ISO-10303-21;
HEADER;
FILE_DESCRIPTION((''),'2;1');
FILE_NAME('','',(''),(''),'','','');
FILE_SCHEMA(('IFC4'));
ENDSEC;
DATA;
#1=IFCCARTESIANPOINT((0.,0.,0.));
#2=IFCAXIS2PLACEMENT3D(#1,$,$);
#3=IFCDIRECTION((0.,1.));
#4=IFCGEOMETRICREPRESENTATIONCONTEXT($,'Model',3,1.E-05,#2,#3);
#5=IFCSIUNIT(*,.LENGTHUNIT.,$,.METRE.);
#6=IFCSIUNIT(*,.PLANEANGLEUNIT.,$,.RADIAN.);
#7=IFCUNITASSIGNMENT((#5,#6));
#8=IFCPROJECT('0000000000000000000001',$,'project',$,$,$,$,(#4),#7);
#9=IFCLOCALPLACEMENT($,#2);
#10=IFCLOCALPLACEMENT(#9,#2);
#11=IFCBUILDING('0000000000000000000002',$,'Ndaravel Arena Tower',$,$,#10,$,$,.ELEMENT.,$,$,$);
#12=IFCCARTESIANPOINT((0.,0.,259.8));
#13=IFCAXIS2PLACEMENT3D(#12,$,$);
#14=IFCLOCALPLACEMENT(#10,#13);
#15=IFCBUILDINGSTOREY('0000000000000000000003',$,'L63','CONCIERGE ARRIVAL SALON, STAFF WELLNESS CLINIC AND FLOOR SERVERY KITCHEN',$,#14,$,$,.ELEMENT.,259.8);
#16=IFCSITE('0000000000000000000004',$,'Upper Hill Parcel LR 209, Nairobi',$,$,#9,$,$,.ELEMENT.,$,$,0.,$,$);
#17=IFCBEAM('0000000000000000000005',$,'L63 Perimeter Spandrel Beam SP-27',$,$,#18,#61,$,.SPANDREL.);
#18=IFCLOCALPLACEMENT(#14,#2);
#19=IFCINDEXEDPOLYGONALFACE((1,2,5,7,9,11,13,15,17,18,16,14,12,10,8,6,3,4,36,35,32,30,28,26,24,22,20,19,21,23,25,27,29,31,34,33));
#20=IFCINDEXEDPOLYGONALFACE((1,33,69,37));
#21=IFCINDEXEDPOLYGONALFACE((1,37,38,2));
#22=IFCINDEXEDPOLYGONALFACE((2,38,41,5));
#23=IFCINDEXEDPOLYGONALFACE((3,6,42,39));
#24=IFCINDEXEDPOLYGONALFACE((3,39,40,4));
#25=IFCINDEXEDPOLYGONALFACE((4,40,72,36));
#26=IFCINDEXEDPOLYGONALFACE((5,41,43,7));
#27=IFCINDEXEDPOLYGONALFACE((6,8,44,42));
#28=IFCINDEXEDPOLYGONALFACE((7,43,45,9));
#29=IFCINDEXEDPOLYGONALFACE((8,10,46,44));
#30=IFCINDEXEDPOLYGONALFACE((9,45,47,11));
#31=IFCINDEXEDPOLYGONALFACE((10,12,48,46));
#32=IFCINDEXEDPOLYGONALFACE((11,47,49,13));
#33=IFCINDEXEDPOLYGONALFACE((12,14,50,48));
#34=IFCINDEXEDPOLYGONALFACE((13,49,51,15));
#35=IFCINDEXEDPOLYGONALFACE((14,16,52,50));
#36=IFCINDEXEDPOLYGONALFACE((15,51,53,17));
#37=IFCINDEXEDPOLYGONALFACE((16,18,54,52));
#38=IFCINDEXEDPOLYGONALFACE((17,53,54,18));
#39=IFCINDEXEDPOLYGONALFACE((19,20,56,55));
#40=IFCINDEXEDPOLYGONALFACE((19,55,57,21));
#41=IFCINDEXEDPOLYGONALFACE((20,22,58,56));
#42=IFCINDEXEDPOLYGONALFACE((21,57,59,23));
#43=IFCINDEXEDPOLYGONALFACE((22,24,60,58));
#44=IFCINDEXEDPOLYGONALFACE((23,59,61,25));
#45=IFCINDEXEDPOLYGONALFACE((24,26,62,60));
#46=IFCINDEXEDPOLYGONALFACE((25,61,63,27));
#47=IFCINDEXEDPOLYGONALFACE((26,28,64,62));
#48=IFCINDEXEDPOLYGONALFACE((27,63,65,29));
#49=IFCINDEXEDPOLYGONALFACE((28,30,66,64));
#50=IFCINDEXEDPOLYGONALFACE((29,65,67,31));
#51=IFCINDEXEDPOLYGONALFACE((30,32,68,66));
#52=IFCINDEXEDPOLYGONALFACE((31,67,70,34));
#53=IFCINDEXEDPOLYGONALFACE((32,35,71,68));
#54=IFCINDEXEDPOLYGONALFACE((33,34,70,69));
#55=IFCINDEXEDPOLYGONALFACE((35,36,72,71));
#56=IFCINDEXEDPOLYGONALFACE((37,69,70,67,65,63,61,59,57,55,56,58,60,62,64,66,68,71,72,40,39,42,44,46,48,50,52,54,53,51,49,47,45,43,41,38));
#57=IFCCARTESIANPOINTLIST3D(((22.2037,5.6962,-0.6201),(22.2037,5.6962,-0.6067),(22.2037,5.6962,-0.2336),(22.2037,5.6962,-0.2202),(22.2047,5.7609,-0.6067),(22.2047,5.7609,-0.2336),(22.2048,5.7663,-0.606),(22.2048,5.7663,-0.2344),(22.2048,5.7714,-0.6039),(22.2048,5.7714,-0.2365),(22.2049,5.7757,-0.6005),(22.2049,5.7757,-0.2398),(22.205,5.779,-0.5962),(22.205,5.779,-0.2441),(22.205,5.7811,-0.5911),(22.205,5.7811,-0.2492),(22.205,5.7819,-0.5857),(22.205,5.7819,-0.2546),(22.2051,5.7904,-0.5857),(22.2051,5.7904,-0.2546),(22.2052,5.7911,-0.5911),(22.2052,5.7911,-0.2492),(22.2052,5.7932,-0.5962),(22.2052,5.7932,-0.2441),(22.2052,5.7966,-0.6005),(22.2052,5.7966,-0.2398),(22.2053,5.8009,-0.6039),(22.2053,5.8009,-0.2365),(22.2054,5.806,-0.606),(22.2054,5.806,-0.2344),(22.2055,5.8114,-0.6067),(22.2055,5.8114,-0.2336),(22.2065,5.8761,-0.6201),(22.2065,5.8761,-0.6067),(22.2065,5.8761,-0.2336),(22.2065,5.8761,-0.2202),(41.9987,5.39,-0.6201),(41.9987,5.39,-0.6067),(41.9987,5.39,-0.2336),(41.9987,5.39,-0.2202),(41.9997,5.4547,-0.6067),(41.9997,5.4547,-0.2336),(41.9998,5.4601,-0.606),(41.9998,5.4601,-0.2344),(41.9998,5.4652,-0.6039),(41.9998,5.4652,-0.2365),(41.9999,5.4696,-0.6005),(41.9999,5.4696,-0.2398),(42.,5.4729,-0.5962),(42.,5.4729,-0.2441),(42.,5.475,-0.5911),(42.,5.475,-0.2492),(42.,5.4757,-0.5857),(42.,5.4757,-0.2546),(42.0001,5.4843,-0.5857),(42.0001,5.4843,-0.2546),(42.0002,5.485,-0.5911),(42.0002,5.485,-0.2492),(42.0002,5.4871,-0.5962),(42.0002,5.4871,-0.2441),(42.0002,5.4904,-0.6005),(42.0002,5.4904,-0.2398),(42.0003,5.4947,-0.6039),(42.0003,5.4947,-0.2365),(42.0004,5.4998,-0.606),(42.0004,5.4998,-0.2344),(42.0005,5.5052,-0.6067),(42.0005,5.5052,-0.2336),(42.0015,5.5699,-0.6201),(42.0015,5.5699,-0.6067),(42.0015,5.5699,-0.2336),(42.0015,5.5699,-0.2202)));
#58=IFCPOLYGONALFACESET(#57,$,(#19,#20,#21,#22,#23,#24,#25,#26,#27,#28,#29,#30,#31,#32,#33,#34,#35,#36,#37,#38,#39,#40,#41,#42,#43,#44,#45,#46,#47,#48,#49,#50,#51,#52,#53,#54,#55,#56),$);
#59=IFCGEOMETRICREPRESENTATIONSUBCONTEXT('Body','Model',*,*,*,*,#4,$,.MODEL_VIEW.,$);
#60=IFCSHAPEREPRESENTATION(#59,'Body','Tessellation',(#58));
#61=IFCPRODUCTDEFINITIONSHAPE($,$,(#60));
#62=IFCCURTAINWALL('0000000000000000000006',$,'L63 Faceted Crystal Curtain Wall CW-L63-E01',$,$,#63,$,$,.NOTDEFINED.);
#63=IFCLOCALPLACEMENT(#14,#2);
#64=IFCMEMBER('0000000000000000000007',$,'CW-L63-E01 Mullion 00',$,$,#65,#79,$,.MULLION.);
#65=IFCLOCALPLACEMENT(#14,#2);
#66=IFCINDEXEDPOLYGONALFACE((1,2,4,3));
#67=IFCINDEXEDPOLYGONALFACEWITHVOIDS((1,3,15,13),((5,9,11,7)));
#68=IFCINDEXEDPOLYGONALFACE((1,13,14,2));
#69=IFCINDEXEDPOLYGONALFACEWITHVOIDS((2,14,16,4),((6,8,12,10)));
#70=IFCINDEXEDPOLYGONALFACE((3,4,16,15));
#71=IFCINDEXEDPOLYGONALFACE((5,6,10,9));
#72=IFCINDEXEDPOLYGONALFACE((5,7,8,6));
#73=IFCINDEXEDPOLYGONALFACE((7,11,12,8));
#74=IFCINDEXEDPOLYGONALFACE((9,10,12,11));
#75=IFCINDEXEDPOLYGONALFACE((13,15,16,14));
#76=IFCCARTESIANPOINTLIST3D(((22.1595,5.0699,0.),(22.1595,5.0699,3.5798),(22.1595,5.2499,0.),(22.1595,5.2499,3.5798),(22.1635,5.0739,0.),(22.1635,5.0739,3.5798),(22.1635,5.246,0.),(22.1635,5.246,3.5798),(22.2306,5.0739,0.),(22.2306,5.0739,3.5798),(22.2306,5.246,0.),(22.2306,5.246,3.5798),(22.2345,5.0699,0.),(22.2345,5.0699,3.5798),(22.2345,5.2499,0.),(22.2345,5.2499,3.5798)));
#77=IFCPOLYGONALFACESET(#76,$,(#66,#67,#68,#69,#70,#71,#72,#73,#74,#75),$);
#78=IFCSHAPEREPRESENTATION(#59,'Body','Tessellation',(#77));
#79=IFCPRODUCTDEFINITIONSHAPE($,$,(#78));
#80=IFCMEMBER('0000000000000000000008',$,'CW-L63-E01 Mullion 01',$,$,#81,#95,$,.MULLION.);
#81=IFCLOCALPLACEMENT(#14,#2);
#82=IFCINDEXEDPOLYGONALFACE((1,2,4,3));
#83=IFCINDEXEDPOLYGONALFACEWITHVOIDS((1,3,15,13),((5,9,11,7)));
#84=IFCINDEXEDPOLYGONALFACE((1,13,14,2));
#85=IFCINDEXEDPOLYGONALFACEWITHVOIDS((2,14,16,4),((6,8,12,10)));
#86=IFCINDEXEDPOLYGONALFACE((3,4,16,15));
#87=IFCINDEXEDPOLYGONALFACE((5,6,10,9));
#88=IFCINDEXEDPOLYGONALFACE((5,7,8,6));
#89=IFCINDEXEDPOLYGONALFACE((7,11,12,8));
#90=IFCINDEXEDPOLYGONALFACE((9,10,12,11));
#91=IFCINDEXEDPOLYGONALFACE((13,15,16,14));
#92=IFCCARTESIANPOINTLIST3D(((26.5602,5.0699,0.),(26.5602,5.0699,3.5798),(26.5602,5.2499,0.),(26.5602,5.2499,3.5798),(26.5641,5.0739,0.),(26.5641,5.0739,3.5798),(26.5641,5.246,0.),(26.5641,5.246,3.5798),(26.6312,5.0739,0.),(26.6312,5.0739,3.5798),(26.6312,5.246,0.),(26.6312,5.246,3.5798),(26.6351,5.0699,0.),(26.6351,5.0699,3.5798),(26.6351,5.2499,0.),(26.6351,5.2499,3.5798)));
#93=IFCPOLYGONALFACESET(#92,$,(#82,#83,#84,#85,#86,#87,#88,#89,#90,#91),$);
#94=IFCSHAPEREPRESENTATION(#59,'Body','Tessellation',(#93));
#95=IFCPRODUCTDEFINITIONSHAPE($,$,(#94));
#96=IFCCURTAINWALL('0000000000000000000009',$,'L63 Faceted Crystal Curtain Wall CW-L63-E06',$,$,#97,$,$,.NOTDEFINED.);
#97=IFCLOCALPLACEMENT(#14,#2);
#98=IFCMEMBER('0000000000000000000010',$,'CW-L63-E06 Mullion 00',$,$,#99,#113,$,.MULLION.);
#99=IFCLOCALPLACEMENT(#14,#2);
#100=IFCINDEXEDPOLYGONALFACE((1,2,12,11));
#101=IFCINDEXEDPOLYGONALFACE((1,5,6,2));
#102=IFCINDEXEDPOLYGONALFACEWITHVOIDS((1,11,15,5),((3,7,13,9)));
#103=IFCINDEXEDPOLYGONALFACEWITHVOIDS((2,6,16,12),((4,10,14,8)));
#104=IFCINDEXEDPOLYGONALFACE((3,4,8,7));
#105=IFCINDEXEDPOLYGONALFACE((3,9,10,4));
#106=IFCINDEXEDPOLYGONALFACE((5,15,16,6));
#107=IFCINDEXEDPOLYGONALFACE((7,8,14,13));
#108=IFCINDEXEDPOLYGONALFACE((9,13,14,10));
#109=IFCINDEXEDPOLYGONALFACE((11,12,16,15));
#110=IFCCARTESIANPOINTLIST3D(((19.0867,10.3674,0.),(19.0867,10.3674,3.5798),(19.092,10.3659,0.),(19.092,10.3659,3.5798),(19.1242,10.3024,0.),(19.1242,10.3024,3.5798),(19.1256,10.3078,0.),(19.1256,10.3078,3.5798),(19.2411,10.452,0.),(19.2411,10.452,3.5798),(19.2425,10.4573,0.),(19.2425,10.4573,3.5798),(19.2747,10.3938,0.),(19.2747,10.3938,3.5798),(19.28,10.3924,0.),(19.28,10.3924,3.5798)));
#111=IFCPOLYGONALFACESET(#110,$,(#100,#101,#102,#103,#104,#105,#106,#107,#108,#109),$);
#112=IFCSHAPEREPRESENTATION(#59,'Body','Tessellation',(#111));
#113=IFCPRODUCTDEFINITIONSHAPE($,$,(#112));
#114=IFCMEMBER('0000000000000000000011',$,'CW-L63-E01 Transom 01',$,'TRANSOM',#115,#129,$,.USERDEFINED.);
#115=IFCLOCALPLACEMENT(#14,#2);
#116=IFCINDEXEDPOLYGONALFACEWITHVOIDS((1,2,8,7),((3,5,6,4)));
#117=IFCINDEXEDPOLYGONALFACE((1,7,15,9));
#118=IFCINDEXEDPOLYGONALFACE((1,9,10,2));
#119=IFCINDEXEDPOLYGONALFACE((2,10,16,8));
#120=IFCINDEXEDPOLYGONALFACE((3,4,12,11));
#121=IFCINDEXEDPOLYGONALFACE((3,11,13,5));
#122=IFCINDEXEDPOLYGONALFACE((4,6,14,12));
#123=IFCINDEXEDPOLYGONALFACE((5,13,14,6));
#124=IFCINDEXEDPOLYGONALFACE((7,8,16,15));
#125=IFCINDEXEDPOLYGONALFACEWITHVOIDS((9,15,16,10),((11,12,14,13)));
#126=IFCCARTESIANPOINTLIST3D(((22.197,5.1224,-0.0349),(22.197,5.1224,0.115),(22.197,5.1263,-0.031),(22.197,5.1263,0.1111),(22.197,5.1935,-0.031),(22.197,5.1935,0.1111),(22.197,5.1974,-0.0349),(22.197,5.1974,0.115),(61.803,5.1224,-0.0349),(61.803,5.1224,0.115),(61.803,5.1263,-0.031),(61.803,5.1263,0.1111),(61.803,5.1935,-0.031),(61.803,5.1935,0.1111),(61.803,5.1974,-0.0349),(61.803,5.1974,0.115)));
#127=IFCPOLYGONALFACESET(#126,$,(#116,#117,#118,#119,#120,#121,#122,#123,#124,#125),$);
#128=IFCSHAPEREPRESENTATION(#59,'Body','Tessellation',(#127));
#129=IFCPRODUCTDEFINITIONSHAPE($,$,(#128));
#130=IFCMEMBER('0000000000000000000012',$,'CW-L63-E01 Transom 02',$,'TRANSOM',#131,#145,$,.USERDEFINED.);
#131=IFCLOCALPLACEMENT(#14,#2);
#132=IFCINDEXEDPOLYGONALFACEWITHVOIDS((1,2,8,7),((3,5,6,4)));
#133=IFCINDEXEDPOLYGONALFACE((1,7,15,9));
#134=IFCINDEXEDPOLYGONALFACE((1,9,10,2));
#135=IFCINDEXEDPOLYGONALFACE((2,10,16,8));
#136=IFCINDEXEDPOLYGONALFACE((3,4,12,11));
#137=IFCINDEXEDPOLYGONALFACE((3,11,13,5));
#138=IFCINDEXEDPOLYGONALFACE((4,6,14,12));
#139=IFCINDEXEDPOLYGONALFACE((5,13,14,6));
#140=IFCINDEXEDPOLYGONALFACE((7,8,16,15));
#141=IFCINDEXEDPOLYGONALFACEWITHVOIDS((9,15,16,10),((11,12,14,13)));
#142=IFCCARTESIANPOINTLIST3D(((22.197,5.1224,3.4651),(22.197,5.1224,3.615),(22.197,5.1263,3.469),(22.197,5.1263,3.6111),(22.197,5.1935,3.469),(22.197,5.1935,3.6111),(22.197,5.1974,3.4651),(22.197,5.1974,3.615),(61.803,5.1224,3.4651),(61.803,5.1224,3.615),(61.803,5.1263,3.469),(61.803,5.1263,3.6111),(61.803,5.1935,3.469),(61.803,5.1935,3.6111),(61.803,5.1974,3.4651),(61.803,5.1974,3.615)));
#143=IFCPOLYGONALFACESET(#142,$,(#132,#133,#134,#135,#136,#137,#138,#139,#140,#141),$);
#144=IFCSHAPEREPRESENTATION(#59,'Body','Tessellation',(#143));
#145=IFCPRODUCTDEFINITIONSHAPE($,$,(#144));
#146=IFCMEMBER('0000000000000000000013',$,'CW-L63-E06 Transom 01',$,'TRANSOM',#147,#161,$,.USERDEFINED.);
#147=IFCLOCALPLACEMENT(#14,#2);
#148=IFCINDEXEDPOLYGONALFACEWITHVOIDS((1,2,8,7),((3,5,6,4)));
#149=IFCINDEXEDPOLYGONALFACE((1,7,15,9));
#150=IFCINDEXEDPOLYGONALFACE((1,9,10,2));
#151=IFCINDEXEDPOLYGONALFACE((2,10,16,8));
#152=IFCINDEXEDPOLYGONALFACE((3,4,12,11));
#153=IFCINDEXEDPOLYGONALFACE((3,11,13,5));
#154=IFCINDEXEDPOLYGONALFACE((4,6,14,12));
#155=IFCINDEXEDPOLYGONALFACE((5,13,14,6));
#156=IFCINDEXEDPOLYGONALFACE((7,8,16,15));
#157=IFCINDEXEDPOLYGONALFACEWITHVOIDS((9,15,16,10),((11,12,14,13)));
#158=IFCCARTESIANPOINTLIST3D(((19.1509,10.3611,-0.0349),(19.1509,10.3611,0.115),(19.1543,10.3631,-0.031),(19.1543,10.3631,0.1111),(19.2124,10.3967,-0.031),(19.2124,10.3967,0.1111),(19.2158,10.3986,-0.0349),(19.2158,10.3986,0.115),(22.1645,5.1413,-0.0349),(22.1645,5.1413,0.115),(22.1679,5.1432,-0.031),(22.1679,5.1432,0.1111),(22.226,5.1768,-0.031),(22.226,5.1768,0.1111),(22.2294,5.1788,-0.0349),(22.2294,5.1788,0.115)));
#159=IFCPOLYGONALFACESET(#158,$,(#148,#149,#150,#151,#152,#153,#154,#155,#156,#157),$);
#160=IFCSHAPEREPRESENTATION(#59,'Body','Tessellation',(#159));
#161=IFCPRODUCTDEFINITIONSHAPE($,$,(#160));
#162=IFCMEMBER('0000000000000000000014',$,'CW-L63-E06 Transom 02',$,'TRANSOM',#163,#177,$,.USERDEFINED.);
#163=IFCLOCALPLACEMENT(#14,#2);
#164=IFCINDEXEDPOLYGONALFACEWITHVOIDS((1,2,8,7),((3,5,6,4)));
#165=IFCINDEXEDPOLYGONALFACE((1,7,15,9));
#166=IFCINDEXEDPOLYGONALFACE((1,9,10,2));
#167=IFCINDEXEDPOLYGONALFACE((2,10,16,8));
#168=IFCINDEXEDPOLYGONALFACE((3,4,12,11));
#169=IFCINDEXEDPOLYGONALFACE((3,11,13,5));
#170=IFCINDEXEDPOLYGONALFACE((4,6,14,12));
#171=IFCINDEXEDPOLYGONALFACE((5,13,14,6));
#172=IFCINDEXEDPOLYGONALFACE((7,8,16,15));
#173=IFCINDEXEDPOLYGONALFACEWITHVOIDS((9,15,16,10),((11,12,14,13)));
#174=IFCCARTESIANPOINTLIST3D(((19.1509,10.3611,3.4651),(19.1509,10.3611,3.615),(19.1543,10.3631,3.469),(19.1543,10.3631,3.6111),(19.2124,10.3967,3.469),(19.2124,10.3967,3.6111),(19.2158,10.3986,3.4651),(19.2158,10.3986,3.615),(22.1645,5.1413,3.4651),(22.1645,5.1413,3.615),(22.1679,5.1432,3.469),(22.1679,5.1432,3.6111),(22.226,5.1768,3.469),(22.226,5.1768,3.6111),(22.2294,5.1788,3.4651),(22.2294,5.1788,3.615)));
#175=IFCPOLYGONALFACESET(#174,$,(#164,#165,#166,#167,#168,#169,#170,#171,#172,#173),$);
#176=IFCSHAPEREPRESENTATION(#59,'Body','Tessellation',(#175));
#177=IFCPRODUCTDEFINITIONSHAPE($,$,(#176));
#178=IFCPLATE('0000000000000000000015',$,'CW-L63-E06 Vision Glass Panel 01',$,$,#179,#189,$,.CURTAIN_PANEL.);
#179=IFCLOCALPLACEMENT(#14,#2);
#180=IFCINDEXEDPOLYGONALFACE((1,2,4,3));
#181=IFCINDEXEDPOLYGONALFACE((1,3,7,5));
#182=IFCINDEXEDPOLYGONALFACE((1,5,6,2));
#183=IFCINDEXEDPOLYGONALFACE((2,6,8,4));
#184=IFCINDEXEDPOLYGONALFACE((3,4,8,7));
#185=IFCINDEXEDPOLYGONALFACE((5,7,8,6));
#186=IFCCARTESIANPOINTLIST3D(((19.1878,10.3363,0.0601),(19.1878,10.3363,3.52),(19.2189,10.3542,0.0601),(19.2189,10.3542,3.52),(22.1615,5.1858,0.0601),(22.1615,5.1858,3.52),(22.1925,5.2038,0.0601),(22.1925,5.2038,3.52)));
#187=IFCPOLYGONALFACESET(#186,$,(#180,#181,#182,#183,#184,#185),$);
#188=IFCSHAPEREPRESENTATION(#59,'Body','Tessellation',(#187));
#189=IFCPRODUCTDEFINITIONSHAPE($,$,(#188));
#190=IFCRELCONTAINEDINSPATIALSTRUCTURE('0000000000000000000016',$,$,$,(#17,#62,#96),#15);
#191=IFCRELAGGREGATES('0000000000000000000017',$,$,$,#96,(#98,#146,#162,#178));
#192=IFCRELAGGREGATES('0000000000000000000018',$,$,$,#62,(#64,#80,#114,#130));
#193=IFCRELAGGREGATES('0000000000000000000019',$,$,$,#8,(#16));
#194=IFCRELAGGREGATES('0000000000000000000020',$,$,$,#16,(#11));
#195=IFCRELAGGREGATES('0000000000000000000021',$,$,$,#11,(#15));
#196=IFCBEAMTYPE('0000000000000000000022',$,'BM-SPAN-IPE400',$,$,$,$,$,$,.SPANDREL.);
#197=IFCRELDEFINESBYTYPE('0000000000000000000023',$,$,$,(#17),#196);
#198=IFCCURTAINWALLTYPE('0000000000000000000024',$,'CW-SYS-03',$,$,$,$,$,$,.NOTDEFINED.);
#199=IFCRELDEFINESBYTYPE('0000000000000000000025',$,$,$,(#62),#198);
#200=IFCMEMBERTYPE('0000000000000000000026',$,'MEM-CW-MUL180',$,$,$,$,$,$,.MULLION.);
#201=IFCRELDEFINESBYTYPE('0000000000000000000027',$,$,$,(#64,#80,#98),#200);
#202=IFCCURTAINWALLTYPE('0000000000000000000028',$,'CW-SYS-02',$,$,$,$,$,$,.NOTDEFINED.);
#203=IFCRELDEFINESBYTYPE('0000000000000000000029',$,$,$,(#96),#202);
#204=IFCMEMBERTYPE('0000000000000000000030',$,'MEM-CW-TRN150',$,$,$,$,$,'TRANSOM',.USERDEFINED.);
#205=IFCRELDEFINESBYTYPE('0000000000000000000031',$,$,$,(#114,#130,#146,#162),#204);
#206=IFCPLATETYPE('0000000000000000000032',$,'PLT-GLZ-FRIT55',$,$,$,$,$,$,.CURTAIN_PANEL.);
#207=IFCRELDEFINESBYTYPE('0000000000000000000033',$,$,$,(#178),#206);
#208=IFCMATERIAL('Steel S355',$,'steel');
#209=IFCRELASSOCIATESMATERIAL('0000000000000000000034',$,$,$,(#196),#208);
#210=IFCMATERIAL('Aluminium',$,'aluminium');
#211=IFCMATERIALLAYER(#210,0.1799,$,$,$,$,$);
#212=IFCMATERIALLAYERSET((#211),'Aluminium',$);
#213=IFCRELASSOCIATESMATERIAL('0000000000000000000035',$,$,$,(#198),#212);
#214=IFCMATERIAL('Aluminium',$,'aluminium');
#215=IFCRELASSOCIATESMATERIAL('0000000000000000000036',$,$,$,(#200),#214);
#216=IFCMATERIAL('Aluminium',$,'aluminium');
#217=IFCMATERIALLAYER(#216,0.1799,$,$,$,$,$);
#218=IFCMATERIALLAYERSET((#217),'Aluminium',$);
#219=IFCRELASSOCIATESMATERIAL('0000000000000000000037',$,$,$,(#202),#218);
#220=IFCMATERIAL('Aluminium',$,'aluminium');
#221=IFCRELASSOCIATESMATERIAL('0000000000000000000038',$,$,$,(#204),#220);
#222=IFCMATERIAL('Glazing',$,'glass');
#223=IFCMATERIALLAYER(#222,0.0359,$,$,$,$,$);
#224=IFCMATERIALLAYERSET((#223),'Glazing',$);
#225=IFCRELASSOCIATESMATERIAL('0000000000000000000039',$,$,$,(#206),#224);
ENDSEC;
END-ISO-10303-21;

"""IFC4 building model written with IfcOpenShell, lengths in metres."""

from ifc_helpers import new_model, si_unit, direction, frame, origin, origin_2d, place, context, subcontext, project, spatial, rectangle, hollow_rectangle, i_section, extrude, material, layer, layer_set, material_profile, profile_set, type_object, element, aggregate, save


model = new_model("IFC4")

# Units and contexts
model_context = context("Model", 3, precision=1e-05, world=origin(), true_north=direction((0.0, 1.0)))
body_context = subcontext(model_context, "Body", "Model", "MODEL_VIEW")
ifc_project = project(units=[si_unit("LENGTHUNIT", "METRE"), si_unit("PLANEANGLEUNIT", "RADIAN")], contexts=[model_context])

# Site, building, storey
site_placement = place(None, origin())
site = spatial("IfcSite", under=ifc_project, at=site_placement, Name="Upper Hill Parcel LR 209, Nairobi", CompositionType="ELEMENT", RefElevation=0.0)
building_placement = place(site_placement, origin())
building = spatial("IfcBuilding", under=site, at=building_placement, Name="Ndaravel Arena Tower", CompositionType="ELEMENT")
storey_placement = place(building_placement, frame((0.0, 0.0, 259.8)))
storey = spatial("IfcBuildingStorey", under=building, at=storey_placement, Name="L63", Description="CONCIERGE ARRIVAL SALON, STAFF WELLNESS CLINIC AND FLOOR SERVERY KITCHEN", CompositionType="ELEMENT", Elevation=259.8)

# Beam
ifc_material_1 = material(Name="Steel S355", Category="steel")
ifc_material_profile_1 = material_profile(ifc_material_1, i_section(OverallWidth=0.1799, OverallDepth=0.3999, WebThickness=0.0085, FlangeThickness=0.0134, FilletRadius=0.021, at=origin_2d()), Name="IPE 400")
ifc_profile_set_1 = profile_set([ifc_material_profile_1], Name="Steel S355")
beam_type = type_object("IfcBeamType", Name="BM-SPAN-IPE400", PredefinedType="SPANDREL", material=ifc_profile_set_1)
beam_1_placement = place(storey_placement, frame((22.2051, 5.7861, -0.4202), z_axis=(0.99988, -0.015464, 0.0), x_axis=(0.015464, 0.99988, 0.0)))
element("IfcBeam", 1, at=beam_1_placement, inside=storey, type_object=beam_type, Name="L63 Perimeter Spandrel Beam SP-27", PredefinedType="SPANDREL", context=body_context, shape_type="SweptSolid", body=[
    extrude(i_section(OverallWidth=0.1799, OverallDepth=0.3999, WebThickness=0.0085, FlangeThickness=0.0134, FilletRadius=0.021, at=origin_2d()), origin(), (0.0, 0.0, 1.0), 19.7974),
])

# Curtain wall, members
ifc_material_2 = material(Name="Aluminium", Category="aluminium")
ifc_layer_1 = layer(ifc_material_2, 0.1799)
ifc_layer_set_1 = layer_set([ifc_layer_1], Name="Aluminium")
curtain_wall_type_1 = type_object("IfcCurtainWallType", Name="CW-SYS-03", PredefinedType="NOTDEFINED", material=ifc_layer_set_1)
curtain_wall_1_placement = place(storey_placement, origin())
curtain_wall_1 = element("IfcCurtainWall", 2, at=curtain_wall_1_placement, inside=storey, type_object=curtain_wall_type_1, Name="L63 Faceted Crystal Curtain Wall CW-L63-E01", PredefinedType="NOTDEFINED")
ifc_material_3 = material(Name="Aluminium", Category="aluminium")
ifc_material_profile_2 = material_profile(ifc_material_3, hollow_rectangle(XDim=0.075, YDim=0.1799, WallThickness=0.0039, at=origin_2d()), Name="CW MULLION 75x180x4")
ifc_profile_set_2 = profile_set([ifc_material_profile_2], Name="Aluminium")
member_type_1 = type_object("IfcMemberType", Name="MEM-CW-MUL180", PredefinedType="MULLION", material=ifc_profile_set_2)
member_1_placement = place(storey_placement, frame((22.197, 5.1599, 0.0), z_axis=(0.0, 0.0, 1.0), x_axis=(1.0, 0.0, 0.0)))
member_1 = element("IfcMember", 3, at=member_1_placement, type_object=member_type_1, Name="CW-L63-E01 Mullion 00", PredefinedType="MULLION", context=body_context, shape_type="SweptSolid", body=[
    extrude(hollow_rectangle(XDim=0.075, YDim=0.1799, WallThickness=0.0039, at=origin_2d()), origin(), (0.0, 0.0, 1.0), 3.5798),
])
member_2_placement = place(storey_placement, frame((26.5977, 5.1599, 0.0), z_axis=(0.0, 0.0, 1.0), x_axis=(1.0, 0.0, 0.0)))
member_2 = element("IfcMember", 4, at=member_2_placement, type_object=member_type_1, Name="CW-L63-E01 Mullion 01", PredefinedType="MULLION", context=body_context, shape_type="SweptSolid", body=[
    extrude(hollow_rectangle(XDim=0.075, YDim=0.1799, WallThickness=0.0039, at=origin_2d()), origin(), (0.0, 0.0, 1.0), 3.5798),
])

# Curtain wall, member
ifc_material_4 = material(Name="Aluminium", Category="aluminium")
ifc_layer_2 = layer(ifc_material_4, 0.1799)
ifc_layer_set_2 = layer_set([ifc_layer_2], Name="Aluminium")
curtain_wall_type_2 = type_object("IfcCurtainWallType", Name="CW-SYS-02", PredefinedType="NOTDEFINED", material=ifc_layer_set_2)
curtain_wall_2_placement = place(storey_placement, origin())
curtain_wall_2 = element("IfcCurtainWall", 5, at=curtain_wall_2_placement, inside=storey, type_object=curtain_wall_type_2, Name="L63 Faceted Crystal Curtain Wall CW-L63-E06", PredefinedType="NOTDEFINED")
member_3_placement = place(storey_placement, frame((19.1833, 10.3799, 0.0), z_axis=(0.0, 0.0, 1.0), x_axis=(0.5, -0.866025, 0.0)))
member_3 = element("IfcMember", 6, at=member_3_placement, type_object=member_type_1, Name="CW-L63-E06 Mullion 00", PredefinedType="MULLION", context=body_context, shape_type="SweptSolid", body=[
    extrude(hollow_rectangle(XDim=0.075, YDim=0.1799, WallThickness=0.0039, at=origin_2d()), origin(), (0.0, 0.0, 1.0), 3.5798),
])

# Members
ifc_material_5 = material(Name="Aluminium", Category="aluminium")
ifc_material_profile_3 = material_profile(ifc_material_5, hollow_rectangle(XDim=0.075, YDim=0.1499, WallThickness=0.0039, at=origin_2d()), Name="CW TRANSOM 75x150x4")
ifc_profile_set_3 = profile_set([ifc_material_profile_3], Name="Aluminium")
member_type_2 = type_object("IfcMemberType", Name="MEM-CW-TRN150", ElementType="TRANSOM", PredefinedType="USERDEFINED", material=ifc_profile_set_3)
member_4_placement = place(storey_placement, frame((22.197, 5.1599, 0.04), z_axis=(1.0, 0.0, 0.0), x_axis=(0.0, 1.0, 0.0)))
member_4 = element("IfcMember", 7, at=member_4_placement, type_object=member_type_2, Name="CW-L63-E01 Transom 01", ObjectType="TRANSOM", PredefinedType="USERDEFINED", context=body_context, shape_type="SweptSolid", body=[
    extrude(hollow_rectangle(XDim=0.075, YDim=0.1499, WallThickness=0.0039, at=origin_2d()), origin(), (0.0, 0.0, 1.0), 39.606),
])
member_5_placement = place(storey_placement, frame((22.197, 5.1599, 3.54), z_axis=(1.0, 0.0, 0.0), x_axis=(0.0, 1.0, 0.0)))
member_5 = element("IfcMember", 8, at=member_5_placement, type_object=member_type_2, Name="CW-L63-E01 Transom 02", ObjectType="TRANSOM", PredefinedType="USERDEFINED", context=body_context, shape_type="SweptSolid", body=[
    extrude(hollow_rectangle(XDim=0.075, YDim=0.1499, WallThickness=0.0039, at=origin_2d()), origin(), (0.0, 0.0, 1.0), 39.606),
])
member_6_placement = place(storey_placement, frame((19.1833, 10.3799, 0.04), z_axis=(0.49999, -0.866031, 0.0), x_axis=(0.866031, 0.49999, 0.0)))
member_6 = element("IfcMember", 9, at=member_6_placement, type_object=member_type_2, Name="CW-L63-E06 Transom 01", ObjectType="TRANSOM", PredefinedType="USERDEFINED", context=body_context, shape_type="SweptSolid", body=[
    extrude(hollow_rectangle(XDim=0.075, YDim=0.1499, WallThickness=0.0039, at=origin_2d()), origin(), (0.0, 0.0, 1.0), 6.0273),
])
member_7_placement = place(storey_placement, frame((19.1833, 10.3799, 3.54), z_axis=(0.49999, -0.866031, 0.0), x_axis=(0.866031, 0.49999, 0.0)))
member_7 = element("IfcMember", 10, at=member_7_placement, type_object=member_type_2, Name="CW-L63-E06 Transom 02", ObjectType="TRANSOM", PredefinedType="USERDEFINED", context=body_context, shape_type="SweptSolid", body=[
    extrude(hollow_rectangle(XDim=0.075, YDim=0.1499, WallThickness=0.0039, at=origin_2d()), origin(), (0.0, 0.0, 1.0), 6.0273),
])

# Plate
ifc_material_6 = material(Name="Glazing", Category="glass")
ifc_layer_3 = layer(ifc_material_6, 0.0359)
ifc_layer_set_3 = layer_set([ifc_layer_3], Name="Glazing")
plate_type_1 = type_object("IfcPlateType", Name="PLT-GLZ-FRIT55", PredefinedType="CURTAIN_PANEL", material=ifc_layer_set_3)
plate_1_placement = place(storey_placement, frame((20.6902, 7.77, 0.0601), z_axis=(0.0, 0.0, 1.0), x_axis=(0.5, -0.866025, 0.0)))
plate_1 = element("IfcPlate", 11, at=plate_1_placement, type_object=plate_type_1, Name="CW-L63-E06 Vision Glass Panel 01", PredefinedType="CURTAIN_PANEL", context=body_context, shape_type="SweptSolid", body=[
    extrude(rectangle(XDim=5.9473, YDim=0.0359, at=origin_2d()), origin(), (0.0, 0.0, 1.0), 3.46),
])
aggregate(curtain_wall_2, [member_3, member_6, member_7, plate_1])
aggregate(curtain_wall_1, [member_1, member_2, member_4, member_5])

save(model, "model.ifc")
